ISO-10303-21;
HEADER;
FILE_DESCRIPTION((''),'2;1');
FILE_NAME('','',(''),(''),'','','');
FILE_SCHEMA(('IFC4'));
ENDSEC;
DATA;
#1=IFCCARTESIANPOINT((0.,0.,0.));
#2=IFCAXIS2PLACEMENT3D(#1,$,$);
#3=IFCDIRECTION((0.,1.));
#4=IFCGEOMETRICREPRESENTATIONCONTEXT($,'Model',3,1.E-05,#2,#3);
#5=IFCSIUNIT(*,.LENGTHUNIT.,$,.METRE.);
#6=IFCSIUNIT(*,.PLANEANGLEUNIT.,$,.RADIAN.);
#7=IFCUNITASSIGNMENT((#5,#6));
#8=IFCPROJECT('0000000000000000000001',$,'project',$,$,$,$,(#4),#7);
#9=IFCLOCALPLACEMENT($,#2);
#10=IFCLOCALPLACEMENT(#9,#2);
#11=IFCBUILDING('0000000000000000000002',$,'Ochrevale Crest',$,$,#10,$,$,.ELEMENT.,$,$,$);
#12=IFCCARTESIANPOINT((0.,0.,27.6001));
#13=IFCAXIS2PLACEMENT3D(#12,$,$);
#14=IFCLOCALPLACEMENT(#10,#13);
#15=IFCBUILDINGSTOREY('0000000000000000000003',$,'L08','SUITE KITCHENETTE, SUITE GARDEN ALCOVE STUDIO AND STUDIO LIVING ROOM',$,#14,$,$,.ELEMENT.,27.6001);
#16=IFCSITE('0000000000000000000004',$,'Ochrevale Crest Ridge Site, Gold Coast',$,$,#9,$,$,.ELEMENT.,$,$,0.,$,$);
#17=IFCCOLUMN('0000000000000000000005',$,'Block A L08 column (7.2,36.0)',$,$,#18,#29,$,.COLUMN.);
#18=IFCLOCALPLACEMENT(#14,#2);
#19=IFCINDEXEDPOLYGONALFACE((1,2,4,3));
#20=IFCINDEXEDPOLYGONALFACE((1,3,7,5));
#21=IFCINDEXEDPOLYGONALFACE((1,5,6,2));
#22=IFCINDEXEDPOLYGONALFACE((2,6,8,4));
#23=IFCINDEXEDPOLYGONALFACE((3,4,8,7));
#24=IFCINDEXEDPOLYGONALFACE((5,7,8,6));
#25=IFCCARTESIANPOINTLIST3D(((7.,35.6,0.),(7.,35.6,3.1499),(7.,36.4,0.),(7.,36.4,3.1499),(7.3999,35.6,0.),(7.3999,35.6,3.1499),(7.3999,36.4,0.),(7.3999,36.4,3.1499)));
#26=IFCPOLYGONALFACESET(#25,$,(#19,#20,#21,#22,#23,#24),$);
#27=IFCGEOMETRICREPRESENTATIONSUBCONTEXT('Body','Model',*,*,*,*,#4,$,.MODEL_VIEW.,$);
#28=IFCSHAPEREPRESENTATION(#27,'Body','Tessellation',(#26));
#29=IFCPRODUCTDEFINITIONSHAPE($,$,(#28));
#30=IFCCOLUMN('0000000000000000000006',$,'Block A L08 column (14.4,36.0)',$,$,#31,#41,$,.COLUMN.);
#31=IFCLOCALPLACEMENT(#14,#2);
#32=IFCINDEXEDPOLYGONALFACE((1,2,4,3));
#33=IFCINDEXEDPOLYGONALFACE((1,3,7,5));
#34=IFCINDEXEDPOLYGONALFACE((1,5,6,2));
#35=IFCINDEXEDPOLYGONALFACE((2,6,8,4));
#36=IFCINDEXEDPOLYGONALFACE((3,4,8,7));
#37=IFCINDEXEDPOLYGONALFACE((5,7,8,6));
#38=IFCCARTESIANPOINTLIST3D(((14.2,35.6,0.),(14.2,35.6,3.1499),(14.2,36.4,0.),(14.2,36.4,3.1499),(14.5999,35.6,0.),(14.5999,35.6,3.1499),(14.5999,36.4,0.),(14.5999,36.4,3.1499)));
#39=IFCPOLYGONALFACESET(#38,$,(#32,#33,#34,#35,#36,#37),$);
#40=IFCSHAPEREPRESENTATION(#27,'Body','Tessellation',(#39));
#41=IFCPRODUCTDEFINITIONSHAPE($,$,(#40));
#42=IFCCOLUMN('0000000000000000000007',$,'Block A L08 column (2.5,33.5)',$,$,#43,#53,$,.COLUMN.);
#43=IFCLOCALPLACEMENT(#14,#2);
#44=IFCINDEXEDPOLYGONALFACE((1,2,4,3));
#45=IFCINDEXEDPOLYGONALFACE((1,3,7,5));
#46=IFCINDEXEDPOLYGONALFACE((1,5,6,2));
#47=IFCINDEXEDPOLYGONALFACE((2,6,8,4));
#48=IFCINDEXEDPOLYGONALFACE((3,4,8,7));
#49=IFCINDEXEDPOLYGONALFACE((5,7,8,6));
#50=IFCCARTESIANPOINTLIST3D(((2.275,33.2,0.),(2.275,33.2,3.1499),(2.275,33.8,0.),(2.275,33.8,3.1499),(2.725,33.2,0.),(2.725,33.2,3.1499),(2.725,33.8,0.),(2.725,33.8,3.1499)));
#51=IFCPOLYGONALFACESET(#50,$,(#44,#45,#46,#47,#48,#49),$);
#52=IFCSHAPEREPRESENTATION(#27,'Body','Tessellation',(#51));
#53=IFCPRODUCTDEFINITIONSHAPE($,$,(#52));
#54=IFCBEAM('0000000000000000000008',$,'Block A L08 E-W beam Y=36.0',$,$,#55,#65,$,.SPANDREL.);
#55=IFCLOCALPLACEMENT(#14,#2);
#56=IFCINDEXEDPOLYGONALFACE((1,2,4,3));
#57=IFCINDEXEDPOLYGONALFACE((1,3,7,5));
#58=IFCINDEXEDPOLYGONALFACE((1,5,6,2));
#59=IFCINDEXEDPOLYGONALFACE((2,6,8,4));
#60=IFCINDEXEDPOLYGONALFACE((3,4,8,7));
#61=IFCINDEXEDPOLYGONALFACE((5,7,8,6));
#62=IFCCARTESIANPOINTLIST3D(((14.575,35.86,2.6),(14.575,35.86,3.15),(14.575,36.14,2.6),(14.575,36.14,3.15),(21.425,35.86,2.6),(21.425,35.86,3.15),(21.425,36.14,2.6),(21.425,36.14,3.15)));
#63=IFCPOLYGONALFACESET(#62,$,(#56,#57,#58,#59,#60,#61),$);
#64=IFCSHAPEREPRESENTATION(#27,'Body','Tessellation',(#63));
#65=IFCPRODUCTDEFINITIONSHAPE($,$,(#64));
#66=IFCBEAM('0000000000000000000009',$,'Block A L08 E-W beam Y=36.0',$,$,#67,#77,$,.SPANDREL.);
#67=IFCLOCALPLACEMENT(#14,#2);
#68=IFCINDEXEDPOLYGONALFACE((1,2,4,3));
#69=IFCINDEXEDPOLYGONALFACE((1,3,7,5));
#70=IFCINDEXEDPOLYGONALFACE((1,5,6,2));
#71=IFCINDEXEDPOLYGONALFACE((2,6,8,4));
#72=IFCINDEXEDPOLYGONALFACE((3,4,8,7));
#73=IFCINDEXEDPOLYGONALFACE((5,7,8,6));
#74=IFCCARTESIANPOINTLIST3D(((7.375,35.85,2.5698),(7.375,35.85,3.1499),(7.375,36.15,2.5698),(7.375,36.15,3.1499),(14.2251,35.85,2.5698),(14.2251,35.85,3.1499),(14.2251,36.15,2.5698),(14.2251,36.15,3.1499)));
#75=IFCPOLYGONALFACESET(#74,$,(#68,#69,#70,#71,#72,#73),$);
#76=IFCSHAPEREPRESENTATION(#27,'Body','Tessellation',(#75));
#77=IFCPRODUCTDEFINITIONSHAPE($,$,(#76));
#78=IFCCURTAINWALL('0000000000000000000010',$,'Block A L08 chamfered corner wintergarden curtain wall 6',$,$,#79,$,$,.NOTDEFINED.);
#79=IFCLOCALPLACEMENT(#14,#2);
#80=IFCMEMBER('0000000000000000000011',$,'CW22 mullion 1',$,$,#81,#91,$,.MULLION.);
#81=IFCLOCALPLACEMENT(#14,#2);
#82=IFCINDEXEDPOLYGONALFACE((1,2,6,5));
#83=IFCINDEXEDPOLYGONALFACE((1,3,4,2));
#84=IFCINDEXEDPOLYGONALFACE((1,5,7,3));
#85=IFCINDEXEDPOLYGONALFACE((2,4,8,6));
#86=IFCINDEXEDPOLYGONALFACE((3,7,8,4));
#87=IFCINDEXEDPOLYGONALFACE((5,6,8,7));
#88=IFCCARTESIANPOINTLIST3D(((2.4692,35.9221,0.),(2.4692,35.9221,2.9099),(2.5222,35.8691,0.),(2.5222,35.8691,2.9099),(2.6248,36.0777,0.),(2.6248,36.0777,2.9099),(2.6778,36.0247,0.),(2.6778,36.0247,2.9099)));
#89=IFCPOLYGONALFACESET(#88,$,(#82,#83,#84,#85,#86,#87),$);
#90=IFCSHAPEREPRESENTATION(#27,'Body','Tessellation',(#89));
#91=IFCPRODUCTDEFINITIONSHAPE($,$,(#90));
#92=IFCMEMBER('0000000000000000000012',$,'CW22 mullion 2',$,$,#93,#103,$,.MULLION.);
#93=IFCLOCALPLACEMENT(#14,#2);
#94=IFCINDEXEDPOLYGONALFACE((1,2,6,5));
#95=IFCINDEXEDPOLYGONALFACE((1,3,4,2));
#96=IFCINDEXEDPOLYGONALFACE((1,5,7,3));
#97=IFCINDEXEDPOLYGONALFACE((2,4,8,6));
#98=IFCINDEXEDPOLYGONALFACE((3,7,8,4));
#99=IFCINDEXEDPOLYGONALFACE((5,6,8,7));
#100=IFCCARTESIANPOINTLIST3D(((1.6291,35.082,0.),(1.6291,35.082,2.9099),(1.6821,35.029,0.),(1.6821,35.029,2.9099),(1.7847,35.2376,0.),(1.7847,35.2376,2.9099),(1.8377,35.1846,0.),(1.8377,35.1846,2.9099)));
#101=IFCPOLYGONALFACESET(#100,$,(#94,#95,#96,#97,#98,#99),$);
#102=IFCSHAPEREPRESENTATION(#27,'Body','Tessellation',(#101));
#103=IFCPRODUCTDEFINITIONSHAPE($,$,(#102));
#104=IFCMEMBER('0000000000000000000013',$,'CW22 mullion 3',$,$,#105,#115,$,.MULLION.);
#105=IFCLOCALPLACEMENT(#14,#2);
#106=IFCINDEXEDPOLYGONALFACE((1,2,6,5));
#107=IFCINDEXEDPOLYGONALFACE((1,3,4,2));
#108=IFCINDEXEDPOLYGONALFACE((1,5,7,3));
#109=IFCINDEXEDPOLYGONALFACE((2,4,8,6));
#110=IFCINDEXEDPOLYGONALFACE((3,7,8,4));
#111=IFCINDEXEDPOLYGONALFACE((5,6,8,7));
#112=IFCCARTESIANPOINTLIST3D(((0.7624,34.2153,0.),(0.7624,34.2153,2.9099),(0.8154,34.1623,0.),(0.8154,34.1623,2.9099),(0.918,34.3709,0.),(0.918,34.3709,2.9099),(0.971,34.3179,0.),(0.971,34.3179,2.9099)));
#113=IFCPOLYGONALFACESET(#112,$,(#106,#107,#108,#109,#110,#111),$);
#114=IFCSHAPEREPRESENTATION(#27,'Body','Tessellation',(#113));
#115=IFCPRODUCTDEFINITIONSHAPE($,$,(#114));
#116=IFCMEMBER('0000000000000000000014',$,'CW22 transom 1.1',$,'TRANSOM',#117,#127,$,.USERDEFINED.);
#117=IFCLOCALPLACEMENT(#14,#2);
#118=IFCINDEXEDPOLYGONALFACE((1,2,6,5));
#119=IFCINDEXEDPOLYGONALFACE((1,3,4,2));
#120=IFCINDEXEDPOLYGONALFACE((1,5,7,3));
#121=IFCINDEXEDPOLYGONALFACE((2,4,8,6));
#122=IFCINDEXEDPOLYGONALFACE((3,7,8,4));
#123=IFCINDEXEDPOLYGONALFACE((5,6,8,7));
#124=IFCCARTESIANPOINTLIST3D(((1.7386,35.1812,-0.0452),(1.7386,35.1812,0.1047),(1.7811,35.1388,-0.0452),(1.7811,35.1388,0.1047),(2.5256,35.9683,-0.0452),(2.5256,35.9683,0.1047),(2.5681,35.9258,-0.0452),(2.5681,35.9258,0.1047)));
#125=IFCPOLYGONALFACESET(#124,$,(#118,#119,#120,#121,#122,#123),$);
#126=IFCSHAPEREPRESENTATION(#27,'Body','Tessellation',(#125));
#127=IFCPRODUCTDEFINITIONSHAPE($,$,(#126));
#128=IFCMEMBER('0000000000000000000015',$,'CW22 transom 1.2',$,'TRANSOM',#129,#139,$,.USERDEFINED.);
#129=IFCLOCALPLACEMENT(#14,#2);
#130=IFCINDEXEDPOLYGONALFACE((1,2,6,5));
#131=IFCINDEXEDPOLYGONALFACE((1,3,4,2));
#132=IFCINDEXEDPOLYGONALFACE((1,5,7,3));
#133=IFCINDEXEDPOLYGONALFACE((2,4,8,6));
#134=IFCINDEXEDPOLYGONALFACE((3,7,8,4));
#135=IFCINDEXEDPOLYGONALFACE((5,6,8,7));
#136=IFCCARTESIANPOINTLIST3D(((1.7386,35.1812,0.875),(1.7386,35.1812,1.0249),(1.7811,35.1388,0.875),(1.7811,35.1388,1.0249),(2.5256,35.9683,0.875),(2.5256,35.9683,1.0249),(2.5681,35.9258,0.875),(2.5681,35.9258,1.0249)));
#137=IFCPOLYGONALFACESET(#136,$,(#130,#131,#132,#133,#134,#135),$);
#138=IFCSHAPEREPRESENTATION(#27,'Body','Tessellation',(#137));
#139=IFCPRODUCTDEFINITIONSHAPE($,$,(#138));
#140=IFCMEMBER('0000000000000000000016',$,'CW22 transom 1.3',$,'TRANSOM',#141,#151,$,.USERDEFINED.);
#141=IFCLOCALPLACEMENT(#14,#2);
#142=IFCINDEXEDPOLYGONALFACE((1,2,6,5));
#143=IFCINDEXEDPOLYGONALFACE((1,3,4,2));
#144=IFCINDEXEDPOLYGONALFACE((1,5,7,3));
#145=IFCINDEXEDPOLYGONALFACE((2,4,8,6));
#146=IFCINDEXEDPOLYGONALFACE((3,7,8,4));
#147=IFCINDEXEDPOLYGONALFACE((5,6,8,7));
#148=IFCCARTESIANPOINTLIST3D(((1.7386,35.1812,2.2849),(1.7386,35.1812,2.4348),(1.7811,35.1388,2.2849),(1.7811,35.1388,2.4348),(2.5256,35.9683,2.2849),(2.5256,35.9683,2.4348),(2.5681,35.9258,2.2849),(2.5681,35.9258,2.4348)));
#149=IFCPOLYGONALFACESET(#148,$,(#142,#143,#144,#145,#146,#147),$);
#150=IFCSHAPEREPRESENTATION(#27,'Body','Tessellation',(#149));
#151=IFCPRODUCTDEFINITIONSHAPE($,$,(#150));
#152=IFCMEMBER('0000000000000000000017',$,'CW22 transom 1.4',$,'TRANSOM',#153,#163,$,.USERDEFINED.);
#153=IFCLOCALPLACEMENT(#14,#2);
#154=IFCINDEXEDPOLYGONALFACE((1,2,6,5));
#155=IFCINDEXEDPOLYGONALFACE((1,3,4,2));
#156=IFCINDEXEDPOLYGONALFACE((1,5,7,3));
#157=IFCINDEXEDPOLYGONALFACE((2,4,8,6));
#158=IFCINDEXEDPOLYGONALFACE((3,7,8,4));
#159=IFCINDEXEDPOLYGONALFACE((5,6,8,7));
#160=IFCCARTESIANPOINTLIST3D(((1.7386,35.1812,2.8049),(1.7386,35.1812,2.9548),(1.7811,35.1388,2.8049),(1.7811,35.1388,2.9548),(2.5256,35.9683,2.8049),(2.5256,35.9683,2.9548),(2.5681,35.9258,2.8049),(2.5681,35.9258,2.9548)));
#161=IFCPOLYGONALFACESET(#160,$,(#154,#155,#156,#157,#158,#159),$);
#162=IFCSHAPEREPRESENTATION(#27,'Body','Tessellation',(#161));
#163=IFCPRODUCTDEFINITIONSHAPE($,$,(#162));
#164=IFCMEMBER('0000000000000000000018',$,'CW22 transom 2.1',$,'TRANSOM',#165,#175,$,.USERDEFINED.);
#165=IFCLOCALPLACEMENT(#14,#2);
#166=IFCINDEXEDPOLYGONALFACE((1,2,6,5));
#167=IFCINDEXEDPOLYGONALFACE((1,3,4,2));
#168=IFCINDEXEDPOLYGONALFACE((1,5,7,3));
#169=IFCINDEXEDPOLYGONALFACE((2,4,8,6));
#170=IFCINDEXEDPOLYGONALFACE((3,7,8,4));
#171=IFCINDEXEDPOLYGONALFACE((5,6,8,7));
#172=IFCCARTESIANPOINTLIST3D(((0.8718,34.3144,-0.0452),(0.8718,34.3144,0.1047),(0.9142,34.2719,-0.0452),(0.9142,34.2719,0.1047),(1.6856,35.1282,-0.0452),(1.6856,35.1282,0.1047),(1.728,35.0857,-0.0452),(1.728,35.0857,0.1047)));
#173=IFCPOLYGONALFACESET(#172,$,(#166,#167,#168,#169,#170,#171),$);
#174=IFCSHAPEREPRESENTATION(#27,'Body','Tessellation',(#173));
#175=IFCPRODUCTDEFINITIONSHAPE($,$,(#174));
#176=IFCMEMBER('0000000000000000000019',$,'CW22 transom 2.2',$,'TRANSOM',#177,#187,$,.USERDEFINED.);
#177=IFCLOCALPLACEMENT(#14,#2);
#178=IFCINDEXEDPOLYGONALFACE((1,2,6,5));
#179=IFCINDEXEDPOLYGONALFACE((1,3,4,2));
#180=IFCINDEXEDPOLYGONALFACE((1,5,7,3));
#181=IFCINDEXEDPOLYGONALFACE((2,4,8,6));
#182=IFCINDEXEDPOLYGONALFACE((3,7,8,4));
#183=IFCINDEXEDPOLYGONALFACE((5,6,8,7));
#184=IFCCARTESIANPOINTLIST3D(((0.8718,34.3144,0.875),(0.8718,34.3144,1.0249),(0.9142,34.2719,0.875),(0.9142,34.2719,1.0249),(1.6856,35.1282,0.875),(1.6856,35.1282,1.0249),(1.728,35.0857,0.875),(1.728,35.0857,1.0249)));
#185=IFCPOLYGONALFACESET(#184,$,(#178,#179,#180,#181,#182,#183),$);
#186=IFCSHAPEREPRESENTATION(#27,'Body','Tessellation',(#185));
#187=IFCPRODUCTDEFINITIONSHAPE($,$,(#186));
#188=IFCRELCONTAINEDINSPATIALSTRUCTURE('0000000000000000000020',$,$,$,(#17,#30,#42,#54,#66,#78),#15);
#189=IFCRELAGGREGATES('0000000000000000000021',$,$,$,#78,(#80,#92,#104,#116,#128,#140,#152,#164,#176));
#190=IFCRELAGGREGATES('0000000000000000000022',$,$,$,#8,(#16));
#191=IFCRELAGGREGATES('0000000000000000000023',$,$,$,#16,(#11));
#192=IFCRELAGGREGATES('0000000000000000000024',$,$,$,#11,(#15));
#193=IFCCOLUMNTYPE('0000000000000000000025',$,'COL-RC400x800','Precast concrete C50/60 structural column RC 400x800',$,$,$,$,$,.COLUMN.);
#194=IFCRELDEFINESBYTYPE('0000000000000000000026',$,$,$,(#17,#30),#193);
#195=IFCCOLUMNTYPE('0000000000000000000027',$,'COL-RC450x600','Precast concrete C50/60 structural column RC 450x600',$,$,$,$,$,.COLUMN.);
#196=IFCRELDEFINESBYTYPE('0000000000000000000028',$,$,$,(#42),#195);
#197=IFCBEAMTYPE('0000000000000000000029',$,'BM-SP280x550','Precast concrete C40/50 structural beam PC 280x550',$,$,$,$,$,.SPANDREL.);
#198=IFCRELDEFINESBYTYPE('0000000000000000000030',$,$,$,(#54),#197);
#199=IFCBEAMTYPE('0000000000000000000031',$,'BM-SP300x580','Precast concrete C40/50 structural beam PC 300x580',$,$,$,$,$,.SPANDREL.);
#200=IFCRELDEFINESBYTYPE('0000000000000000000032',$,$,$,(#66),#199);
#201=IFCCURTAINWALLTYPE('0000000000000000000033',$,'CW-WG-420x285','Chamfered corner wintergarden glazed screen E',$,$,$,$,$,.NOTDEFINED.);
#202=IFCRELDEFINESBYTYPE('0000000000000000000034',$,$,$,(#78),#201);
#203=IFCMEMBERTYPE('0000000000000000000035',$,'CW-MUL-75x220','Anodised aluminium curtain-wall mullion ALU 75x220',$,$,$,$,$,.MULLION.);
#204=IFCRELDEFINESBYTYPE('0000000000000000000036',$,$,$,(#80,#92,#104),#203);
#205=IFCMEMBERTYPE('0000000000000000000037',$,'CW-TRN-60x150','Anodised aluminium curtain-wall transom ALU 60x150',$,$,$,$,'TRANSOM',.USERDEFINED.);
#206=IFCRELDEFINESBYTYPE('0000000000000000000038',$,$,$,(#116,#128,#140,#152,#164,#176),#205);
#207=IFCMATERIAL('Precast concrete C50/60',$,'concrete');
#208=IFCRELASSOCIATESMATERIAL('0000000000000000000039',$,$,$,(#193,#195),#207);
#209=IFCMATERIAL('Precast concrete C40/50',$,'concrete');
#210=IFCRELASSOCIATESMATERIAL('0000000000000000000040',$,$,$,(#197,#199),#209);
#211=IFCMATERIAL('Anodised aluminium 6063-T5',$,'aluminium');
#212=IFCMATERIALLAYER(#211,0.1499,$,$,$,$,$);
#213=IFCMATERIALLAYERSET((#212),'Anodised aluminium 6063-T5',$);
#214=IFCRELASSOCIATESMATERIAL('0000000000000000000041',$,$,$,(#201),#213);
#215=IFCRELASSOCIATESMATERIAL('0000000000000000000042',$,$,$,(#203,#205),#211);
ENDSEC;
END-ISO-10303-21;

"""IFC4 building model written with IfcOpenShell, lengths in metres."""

from ifc_helpers import new_model, si_unit, direction, frame, origin, origin_2d, place, context, subcontext, project, spatial, rectangle, extrude, material, layer, layer_set, material_profile, profile_set, type_object, element, aggregate, save


model = new_model("IFC4")

# Units and contexts
model_context = context("Model", 3, precision=1e-05, world=origin(), true_north=direction((0.0, 1.0)))
body_context = subcontext(model_context, "Body", "Model", "MODEL_VIEW")
ifc_project = project(units=[si_unit("LENGTHUNIT", "METRE"), si_unit("PLANEANGLEUNIT", "RADIAN")], contexts=[model_context])

# Site, building, storey
site_placement = place(None, origin())
site = spatial("IfcSite", under=ifc_project, at=site_placement, Name="Ochrevale Crest Ridge Site, Gold Coast", CompositionType="ELEMENT", RefElevation=0.0)
building_placement = place(site_placement, origin())
building = spatial("IfcBuilding", under=site, at=building_placement, Name="Ochrevale Crest", CompositionType="ELEMENT")
storey_placement = place(building_placement, frame((0.0, 0.0, 27.6001)))
storey = spatial("IfcBuildingStorey", under=building, at=storey_placement, Name="L08", Description="SUITE KITCHENETTE, SUITE GARDEN ALCOVE STUDIO AND STUDIO LIVING ROOM", CompositionType="ELEMENT", Elevation=27.6001)

# Columns
ifc_material_1 = material(Name="Precast concrete C50/60", Category="concrete")
ifc_material_profile_1 = material_profile(ifc_material_1, rectangle(XDim=0.3999, YDim=0.8, at=origin_2d()), Name="RC 400x800")
ifc_profile_set_1 = profile_set([ifc_material_profile_1], Name="Precast concrete C50/60")
column_type_1 = type_object("IfcColumnType", Name="COL-RC400x800", Description="Precast concrete C50/60 structural column RC 400x800", PredefinedType="COLUMN", material=ifc_profile_set_1)
for number, where, z_axis, x_axis, name in (
    (1, (7.2, 36.0, 0.0), (0.0, 0.0, 1.0), (1.0, 0.0, 0.0), "Block A L08 column (7.2,36.0)"),
    (2, (14.3999, 36.0, 0.0), (0.0, 0.0, 1.0), (1.0, 0.0, 0.0), "Block A L08 column (14.4,36.0)"),
):
    element("IfcColumn", number, at=place(storey_placement, frame(where, z_axis=z_axis, x_axis=x_axis)), inside=storey, type_object=column_type_1, Name=name, PredefinedType="COLUMN", context=body_context, shape_type="SweptSolid", body=[
        extrude(rectangle(XDim=0.3999, YDim=0.8, at=origin_2d()), origin(), (0.0, 0.0, 1.0), 3.1499),
    ])
ifc_material_profile_2 = material_profile(ifc_material_1, rectangle(XDim=0.45, YDim=0.6001, at=origin_2d()), Name="RC 450x600")
ifc_profile_set_2 = profile_set([ifc_material_profile_2], Name="Precast concrete C50/60")
column_type_2 = type_object("IfcColumnType", Name="COL-RC450x600", Description="Precast concrete C50/60 structural column RC 450x600", PredefinedType="COLUMN", material=ifc_profile_set_2)
column_placement = place(storey_placement, frame((2.5, 33.5, 0.0), z_axis=(0.0, 0.0, 1.0), x_axis=(1.0, 0.0, 0.0)))
element("IfcColumn", 3, at=column_placement, inside=storey, type_object=column_type_2, Name="Block A L08 column (2.5,33.5)", PredefinedType="COLUMN", context=body_context, shape_type="SweptSolid", body=[
    extrude(rectangle(XDim=0.45, YDim=0.6001, at=origin_2d()), origin(), (0.0, 0.0, 1.0), 3.1499),
])

# Beams
ifc_material_2 = material(Name="Precast concrete C40/50", Category="concrete")
ifc_material_profile_3 = material_profile(ifc_material_2, rectangle(XDim=0.28, YDim=0.55, at=origin_2d()), Name="PC 280x550")
ifc_profile_set_3 = profile_set([ifc_material_profile_3], Name="Precast concrete C40/50")
beam_type_1 = type_object("IfcBeamType", Name="BM-SP280x550", Description="Precast concrete C40/50 structural beam PC 280x550", PredefinedType="SPANDREL", material=ifc_profile_set_3)
beam_1_placement = place(storey_placement, frame((14.575, 36.0, 2.875), z_axis=(1.0, 0.0, 0.0), x_axis=(0.0, 1.0, 0.0)))
element("IfcBeam", 4, at=beam_1_placement, inside=storey, type_object=beam_type_1, Name="Block A L08 E-W beam Y=36.0", PredefinedType="SPANDREL", context=body_context, shape_type="SweptSolid", body=[
    extrude(rectangle(XDim=0.28, YDim=0.55, at=origin_2d()), origin(), (0.0, 0.0, 1.0), 6.8501),
])
ifc_material_profile_4 = material_profile(ifc_material_2, rectangle(XDim=0.3, YDim=0.5801, at=origin_2d()), Name="PC 300x580")
ifc_profile_set_4 = profile_set([ifc_material_profile_4], Name="Precast concrete C40/50")
beam_type_2 = type_object("IfcBeamType", Name="BM-SP300x580", Description="Precast concrete C40/50 structural beam PC 300x580", PredefinedType="SPANDREL", material=ifc_profile_set_4)
beam_2_placement = place(storey_placement, frame((7.375, 36.0, 2.8599), z_axis=(1.0, 0.0, 0.0), x_axis=(0.0, 1.0, 0.0)))
element("IfcBeam", 5, at=beam_2_placement, inside=storey, type_object=beam_type_2, Name="Block A L08 E-W beam Y=36.0", PredefinedType="SPANDREL", context=body_context, shape_type="SweptSolid", body=[
    extrude(rectangle(XDim=0.3, YDim=0.5801, at=origin_2d()), origin(), (0.0, 0.0, 1.0), 6.8501),
])

# Curtain wall, members
ifc_material_3 = material(Name="Anodised aluminium 6063-T5", Category="aluminium")
ifc_layer_1 = layer(ifc_material_3, 0.1499)
ifc_layer_set_1 = layer_set([ifc_layer_1], Name="Anodised aluminium 6063-T5")
curtain_wall_type = type_object("IfcCurtainWallType", Name="CW-WG-420x285", Description="Chamfered corner wintergarden glazed screen E", PredefinedType="NOTDEFINED", material=ifc_layer_set_1)
curtain_wall_placement = place(storey_placement, origin())
curtain_wall = element("IfcCurtainWall", 6, at=curtain_wall_placement, inside=storey, type_object=curtain_wall_type, Name="Block A L08 chamfered corner wintergarden curtain wall 6", PredefinedType="NOTDEFINED")
ifc_material_profile_5 = material_profile(ifc_material_3, rectangle(XDim=0.075, YDim=0.22, at=origin_2d()), Name="ALU 75x220")
ifc_profile_set_5 = profile_set([ifc_material_profile_5], Name="Anodised aluminium 6063-T5")
member_type_1 = type_object("IfcMemberType", Name="CW-MUL-75x220", Description="Anodised aluminium curtain-wall mullion ALU 75x220", PredefinedType="MULLION", material=ifc_profile_set_5)
member_1_placement = place(storey_placement, frame((2.5735, 35.9734, 0.0), z_axis=(0.0, 0.0, 1.0), x_axis=(0.707107, -0.707107, 0.0)))
member_1 = element("IfcMember", 7, at=member_1_placement, type_object=member_type_1, Name="CW22 mullion 1", PredefinedType="MULLION", context=body_context, shape_type="SweptSolid", body=[
    extrude(rectangle(XDim=0.075, YDim=0.22, at=origin_2d()), origin(), (0.0, 0.0, 1.0), 2.9099),
])
member_2_placement = place(storey_placement, frame((1.7334, 35.1333, 0.0), z_axis=(0.0, 0.0, 1.0), x_axis=(0.707107, -0.707107, 0.0)))
member_2 = element("IfcMember", 8, at=member_2_placement, type_object=member_type_1, Name="CW22 mullion 2", PredefinedType="MULLION", context=body_context, shape_type="SweptSolid", body=[
    extrude(rectangle(XDim=0.075, YDim=0.22, at=origin_2d()), origin(), (0.0, 0.0, 1.0), 2.9099),
])
member_3_placement = place(storey_placement, frame((0.8667, 34.2666, 0.0), z_axis=(0.0, 0.0, 1.0), x_axis=(0.707107, -0.707107, 0.0)))
member_3 = element("IfcMember", 9, at=member_3_placement, type_object=member_type_1, Name="CW22 mullion 3", PredefinedType="MULLION", context=body_context, shape_type="SweptSolid", body=[
    extrude(rectangle(XDim=0.075, YDim=0.22, at=origin_2d()), origin(), (0.0, 0.0, 1.0), 2.9099),
])
ifc_material_profile_6 = material_profile(ifc_material_3, rectangle(XDim=0.0601, YDim=0.1499, at=origin_2d()), Name="ALU 60x150")
ifc_profile_set_6 = profile_set([ifc_material_profile_6], Name="Anodised aluminium 6063-T5")
member_type_2 = type_object("IfcMemberType", Name="CW-TRN-60x150", Description="Anodised aluminium curtain-wall transom ALU 60x150", ElementType="TRANSOM", PredefinedType="USERDEFINED", material=ifc_profile_set_6)
member_4_placement = place(storey_placement, frame((2.5469, 35.947, 0.0298), z_axis=(-0.707107, -0.707107, 0.0), x_axis=(0.707107, -0.707107, 0.0)))
member_4 = element("IfcMember", 10, at=member_4_placement, type_object=member_type_2, Name="CW22 transom 1.1", ObjectType="TRANSOM", PredefinedType="USERDEFINED", context=body_context, shape_type="SweptSolid", body=[
    extrude(rectangle(XDim=0.0601, YDim=0.1499, at=origin_2d()), origin(), (0.0, 0.0, 1.0), 1.113),
])
member_5_placement = place(storey_placement, frame((2.5469, 35.947, 0.95), z_axis=(-0.707107, -0.707107, 0.0), x_axis=(0.707107, -0.707107, 0.0)))
member_5 = element("IfcMember", 11, at=member_5_placement, type_object=member_type_2, Name="CW22 transom 1.2", ObjectType="TRANSOM", PredefinedType="USERDEFINED", context=body_context, shape_type="SweptSolid", body=[
    extrude(rectangle(XDim=0.0601, YDim=0.1499, at=origin_2d()), origin(), (0.0, 0.0, 1.0), 1.113),
])
member_6_placement = place(storey_placement, frame((2.5469, 35.947, 2.3599), z_axis=(-0.707107, -0.707107, 0.0), x_axis=(0.707107, -0.707107, 0.0)))
member_6 = element("IfcMember", 12, at=member_6_placement, type_object=member_type_2, Name="CW22 transom 1.3", ObjectType="TRANSOM", PredefinedType="USERDEFINED", context=body_context, shape_type="SweptSolid", body=[
    extrude(rectangle(XDim=0.0601, YDim=0.1499, at=origin_2d()), origin(), (0.0, 0.0, 1.0), 1.113),
])
member_7_placement = place(storey_placement, frame((2.5469, 35.947, 2.8799), z_axis=(-0.707107, -0.707107, 0.0), x_axis=(0.707107, -0.707107, 0.0)))
member_7 = element("IfcMember", 13, at=member_7_placement, type_object=member_type_2, Name="CW22 transom 1.4", ObjectType="TRANSOM", PredefinedType="USERDEFINED", context=body_context, shape_type="SweptSolid", body=[
    extrude(rectangle(XDim=0.0601, YDim=0.1499, at=origin_2d()), origin(), (0.0, 0.0, 1.0), 1.113),
])
member_8_placement = place(storey_placement, frame((1.7068, 35.1069, 0.0298), z_axis=(-0.707107, -0.707107, 0.0), x_axis=(0.707107, -0.707107, 0.0)))
member_8 = element("IfcMember", 14, at=member_8_placement, type_object=member_type_2, Name="CW22 transom 2.1", ObjectType="TRANSOM", PredefinedType="USERDEFINED", context=body_context, shape_type="SweptSolid", body=[
    extrude(rectangle(XDim=0.0601, YDim=0.1499, at=origin_2d()), origin(), (0.0, 0.0, 1.0), 1.1509),
])
member_9_placement = place(storey_placement, frame((1.7068, 35.1069, 0.95), z_axis=(-0.707107, -0.707107, 0.0), x_axis=(0.707107, -0.707107, 0.0)))
member_9 = element("IfcMember", 15, at=member_9_placement, type_object=member_type_2, Name="CW22 transom 2.2", ObjectType="TRANSOM", PredefinedType="USERDEFINED", context=body_context, shape_type="SweptSolid", body=[
    extrude(rectangle(XDim=0.0601, YDim=0.1499, at=origin_2d()), origin(), (0.0, 0.0, 1.0), 1.1509),
])
aggregate(curtain_wall, [member_1, member_2, member_3, member_4, member_5, member_6, member_7, member_8, member_9])

save(model, "model.ifc")
